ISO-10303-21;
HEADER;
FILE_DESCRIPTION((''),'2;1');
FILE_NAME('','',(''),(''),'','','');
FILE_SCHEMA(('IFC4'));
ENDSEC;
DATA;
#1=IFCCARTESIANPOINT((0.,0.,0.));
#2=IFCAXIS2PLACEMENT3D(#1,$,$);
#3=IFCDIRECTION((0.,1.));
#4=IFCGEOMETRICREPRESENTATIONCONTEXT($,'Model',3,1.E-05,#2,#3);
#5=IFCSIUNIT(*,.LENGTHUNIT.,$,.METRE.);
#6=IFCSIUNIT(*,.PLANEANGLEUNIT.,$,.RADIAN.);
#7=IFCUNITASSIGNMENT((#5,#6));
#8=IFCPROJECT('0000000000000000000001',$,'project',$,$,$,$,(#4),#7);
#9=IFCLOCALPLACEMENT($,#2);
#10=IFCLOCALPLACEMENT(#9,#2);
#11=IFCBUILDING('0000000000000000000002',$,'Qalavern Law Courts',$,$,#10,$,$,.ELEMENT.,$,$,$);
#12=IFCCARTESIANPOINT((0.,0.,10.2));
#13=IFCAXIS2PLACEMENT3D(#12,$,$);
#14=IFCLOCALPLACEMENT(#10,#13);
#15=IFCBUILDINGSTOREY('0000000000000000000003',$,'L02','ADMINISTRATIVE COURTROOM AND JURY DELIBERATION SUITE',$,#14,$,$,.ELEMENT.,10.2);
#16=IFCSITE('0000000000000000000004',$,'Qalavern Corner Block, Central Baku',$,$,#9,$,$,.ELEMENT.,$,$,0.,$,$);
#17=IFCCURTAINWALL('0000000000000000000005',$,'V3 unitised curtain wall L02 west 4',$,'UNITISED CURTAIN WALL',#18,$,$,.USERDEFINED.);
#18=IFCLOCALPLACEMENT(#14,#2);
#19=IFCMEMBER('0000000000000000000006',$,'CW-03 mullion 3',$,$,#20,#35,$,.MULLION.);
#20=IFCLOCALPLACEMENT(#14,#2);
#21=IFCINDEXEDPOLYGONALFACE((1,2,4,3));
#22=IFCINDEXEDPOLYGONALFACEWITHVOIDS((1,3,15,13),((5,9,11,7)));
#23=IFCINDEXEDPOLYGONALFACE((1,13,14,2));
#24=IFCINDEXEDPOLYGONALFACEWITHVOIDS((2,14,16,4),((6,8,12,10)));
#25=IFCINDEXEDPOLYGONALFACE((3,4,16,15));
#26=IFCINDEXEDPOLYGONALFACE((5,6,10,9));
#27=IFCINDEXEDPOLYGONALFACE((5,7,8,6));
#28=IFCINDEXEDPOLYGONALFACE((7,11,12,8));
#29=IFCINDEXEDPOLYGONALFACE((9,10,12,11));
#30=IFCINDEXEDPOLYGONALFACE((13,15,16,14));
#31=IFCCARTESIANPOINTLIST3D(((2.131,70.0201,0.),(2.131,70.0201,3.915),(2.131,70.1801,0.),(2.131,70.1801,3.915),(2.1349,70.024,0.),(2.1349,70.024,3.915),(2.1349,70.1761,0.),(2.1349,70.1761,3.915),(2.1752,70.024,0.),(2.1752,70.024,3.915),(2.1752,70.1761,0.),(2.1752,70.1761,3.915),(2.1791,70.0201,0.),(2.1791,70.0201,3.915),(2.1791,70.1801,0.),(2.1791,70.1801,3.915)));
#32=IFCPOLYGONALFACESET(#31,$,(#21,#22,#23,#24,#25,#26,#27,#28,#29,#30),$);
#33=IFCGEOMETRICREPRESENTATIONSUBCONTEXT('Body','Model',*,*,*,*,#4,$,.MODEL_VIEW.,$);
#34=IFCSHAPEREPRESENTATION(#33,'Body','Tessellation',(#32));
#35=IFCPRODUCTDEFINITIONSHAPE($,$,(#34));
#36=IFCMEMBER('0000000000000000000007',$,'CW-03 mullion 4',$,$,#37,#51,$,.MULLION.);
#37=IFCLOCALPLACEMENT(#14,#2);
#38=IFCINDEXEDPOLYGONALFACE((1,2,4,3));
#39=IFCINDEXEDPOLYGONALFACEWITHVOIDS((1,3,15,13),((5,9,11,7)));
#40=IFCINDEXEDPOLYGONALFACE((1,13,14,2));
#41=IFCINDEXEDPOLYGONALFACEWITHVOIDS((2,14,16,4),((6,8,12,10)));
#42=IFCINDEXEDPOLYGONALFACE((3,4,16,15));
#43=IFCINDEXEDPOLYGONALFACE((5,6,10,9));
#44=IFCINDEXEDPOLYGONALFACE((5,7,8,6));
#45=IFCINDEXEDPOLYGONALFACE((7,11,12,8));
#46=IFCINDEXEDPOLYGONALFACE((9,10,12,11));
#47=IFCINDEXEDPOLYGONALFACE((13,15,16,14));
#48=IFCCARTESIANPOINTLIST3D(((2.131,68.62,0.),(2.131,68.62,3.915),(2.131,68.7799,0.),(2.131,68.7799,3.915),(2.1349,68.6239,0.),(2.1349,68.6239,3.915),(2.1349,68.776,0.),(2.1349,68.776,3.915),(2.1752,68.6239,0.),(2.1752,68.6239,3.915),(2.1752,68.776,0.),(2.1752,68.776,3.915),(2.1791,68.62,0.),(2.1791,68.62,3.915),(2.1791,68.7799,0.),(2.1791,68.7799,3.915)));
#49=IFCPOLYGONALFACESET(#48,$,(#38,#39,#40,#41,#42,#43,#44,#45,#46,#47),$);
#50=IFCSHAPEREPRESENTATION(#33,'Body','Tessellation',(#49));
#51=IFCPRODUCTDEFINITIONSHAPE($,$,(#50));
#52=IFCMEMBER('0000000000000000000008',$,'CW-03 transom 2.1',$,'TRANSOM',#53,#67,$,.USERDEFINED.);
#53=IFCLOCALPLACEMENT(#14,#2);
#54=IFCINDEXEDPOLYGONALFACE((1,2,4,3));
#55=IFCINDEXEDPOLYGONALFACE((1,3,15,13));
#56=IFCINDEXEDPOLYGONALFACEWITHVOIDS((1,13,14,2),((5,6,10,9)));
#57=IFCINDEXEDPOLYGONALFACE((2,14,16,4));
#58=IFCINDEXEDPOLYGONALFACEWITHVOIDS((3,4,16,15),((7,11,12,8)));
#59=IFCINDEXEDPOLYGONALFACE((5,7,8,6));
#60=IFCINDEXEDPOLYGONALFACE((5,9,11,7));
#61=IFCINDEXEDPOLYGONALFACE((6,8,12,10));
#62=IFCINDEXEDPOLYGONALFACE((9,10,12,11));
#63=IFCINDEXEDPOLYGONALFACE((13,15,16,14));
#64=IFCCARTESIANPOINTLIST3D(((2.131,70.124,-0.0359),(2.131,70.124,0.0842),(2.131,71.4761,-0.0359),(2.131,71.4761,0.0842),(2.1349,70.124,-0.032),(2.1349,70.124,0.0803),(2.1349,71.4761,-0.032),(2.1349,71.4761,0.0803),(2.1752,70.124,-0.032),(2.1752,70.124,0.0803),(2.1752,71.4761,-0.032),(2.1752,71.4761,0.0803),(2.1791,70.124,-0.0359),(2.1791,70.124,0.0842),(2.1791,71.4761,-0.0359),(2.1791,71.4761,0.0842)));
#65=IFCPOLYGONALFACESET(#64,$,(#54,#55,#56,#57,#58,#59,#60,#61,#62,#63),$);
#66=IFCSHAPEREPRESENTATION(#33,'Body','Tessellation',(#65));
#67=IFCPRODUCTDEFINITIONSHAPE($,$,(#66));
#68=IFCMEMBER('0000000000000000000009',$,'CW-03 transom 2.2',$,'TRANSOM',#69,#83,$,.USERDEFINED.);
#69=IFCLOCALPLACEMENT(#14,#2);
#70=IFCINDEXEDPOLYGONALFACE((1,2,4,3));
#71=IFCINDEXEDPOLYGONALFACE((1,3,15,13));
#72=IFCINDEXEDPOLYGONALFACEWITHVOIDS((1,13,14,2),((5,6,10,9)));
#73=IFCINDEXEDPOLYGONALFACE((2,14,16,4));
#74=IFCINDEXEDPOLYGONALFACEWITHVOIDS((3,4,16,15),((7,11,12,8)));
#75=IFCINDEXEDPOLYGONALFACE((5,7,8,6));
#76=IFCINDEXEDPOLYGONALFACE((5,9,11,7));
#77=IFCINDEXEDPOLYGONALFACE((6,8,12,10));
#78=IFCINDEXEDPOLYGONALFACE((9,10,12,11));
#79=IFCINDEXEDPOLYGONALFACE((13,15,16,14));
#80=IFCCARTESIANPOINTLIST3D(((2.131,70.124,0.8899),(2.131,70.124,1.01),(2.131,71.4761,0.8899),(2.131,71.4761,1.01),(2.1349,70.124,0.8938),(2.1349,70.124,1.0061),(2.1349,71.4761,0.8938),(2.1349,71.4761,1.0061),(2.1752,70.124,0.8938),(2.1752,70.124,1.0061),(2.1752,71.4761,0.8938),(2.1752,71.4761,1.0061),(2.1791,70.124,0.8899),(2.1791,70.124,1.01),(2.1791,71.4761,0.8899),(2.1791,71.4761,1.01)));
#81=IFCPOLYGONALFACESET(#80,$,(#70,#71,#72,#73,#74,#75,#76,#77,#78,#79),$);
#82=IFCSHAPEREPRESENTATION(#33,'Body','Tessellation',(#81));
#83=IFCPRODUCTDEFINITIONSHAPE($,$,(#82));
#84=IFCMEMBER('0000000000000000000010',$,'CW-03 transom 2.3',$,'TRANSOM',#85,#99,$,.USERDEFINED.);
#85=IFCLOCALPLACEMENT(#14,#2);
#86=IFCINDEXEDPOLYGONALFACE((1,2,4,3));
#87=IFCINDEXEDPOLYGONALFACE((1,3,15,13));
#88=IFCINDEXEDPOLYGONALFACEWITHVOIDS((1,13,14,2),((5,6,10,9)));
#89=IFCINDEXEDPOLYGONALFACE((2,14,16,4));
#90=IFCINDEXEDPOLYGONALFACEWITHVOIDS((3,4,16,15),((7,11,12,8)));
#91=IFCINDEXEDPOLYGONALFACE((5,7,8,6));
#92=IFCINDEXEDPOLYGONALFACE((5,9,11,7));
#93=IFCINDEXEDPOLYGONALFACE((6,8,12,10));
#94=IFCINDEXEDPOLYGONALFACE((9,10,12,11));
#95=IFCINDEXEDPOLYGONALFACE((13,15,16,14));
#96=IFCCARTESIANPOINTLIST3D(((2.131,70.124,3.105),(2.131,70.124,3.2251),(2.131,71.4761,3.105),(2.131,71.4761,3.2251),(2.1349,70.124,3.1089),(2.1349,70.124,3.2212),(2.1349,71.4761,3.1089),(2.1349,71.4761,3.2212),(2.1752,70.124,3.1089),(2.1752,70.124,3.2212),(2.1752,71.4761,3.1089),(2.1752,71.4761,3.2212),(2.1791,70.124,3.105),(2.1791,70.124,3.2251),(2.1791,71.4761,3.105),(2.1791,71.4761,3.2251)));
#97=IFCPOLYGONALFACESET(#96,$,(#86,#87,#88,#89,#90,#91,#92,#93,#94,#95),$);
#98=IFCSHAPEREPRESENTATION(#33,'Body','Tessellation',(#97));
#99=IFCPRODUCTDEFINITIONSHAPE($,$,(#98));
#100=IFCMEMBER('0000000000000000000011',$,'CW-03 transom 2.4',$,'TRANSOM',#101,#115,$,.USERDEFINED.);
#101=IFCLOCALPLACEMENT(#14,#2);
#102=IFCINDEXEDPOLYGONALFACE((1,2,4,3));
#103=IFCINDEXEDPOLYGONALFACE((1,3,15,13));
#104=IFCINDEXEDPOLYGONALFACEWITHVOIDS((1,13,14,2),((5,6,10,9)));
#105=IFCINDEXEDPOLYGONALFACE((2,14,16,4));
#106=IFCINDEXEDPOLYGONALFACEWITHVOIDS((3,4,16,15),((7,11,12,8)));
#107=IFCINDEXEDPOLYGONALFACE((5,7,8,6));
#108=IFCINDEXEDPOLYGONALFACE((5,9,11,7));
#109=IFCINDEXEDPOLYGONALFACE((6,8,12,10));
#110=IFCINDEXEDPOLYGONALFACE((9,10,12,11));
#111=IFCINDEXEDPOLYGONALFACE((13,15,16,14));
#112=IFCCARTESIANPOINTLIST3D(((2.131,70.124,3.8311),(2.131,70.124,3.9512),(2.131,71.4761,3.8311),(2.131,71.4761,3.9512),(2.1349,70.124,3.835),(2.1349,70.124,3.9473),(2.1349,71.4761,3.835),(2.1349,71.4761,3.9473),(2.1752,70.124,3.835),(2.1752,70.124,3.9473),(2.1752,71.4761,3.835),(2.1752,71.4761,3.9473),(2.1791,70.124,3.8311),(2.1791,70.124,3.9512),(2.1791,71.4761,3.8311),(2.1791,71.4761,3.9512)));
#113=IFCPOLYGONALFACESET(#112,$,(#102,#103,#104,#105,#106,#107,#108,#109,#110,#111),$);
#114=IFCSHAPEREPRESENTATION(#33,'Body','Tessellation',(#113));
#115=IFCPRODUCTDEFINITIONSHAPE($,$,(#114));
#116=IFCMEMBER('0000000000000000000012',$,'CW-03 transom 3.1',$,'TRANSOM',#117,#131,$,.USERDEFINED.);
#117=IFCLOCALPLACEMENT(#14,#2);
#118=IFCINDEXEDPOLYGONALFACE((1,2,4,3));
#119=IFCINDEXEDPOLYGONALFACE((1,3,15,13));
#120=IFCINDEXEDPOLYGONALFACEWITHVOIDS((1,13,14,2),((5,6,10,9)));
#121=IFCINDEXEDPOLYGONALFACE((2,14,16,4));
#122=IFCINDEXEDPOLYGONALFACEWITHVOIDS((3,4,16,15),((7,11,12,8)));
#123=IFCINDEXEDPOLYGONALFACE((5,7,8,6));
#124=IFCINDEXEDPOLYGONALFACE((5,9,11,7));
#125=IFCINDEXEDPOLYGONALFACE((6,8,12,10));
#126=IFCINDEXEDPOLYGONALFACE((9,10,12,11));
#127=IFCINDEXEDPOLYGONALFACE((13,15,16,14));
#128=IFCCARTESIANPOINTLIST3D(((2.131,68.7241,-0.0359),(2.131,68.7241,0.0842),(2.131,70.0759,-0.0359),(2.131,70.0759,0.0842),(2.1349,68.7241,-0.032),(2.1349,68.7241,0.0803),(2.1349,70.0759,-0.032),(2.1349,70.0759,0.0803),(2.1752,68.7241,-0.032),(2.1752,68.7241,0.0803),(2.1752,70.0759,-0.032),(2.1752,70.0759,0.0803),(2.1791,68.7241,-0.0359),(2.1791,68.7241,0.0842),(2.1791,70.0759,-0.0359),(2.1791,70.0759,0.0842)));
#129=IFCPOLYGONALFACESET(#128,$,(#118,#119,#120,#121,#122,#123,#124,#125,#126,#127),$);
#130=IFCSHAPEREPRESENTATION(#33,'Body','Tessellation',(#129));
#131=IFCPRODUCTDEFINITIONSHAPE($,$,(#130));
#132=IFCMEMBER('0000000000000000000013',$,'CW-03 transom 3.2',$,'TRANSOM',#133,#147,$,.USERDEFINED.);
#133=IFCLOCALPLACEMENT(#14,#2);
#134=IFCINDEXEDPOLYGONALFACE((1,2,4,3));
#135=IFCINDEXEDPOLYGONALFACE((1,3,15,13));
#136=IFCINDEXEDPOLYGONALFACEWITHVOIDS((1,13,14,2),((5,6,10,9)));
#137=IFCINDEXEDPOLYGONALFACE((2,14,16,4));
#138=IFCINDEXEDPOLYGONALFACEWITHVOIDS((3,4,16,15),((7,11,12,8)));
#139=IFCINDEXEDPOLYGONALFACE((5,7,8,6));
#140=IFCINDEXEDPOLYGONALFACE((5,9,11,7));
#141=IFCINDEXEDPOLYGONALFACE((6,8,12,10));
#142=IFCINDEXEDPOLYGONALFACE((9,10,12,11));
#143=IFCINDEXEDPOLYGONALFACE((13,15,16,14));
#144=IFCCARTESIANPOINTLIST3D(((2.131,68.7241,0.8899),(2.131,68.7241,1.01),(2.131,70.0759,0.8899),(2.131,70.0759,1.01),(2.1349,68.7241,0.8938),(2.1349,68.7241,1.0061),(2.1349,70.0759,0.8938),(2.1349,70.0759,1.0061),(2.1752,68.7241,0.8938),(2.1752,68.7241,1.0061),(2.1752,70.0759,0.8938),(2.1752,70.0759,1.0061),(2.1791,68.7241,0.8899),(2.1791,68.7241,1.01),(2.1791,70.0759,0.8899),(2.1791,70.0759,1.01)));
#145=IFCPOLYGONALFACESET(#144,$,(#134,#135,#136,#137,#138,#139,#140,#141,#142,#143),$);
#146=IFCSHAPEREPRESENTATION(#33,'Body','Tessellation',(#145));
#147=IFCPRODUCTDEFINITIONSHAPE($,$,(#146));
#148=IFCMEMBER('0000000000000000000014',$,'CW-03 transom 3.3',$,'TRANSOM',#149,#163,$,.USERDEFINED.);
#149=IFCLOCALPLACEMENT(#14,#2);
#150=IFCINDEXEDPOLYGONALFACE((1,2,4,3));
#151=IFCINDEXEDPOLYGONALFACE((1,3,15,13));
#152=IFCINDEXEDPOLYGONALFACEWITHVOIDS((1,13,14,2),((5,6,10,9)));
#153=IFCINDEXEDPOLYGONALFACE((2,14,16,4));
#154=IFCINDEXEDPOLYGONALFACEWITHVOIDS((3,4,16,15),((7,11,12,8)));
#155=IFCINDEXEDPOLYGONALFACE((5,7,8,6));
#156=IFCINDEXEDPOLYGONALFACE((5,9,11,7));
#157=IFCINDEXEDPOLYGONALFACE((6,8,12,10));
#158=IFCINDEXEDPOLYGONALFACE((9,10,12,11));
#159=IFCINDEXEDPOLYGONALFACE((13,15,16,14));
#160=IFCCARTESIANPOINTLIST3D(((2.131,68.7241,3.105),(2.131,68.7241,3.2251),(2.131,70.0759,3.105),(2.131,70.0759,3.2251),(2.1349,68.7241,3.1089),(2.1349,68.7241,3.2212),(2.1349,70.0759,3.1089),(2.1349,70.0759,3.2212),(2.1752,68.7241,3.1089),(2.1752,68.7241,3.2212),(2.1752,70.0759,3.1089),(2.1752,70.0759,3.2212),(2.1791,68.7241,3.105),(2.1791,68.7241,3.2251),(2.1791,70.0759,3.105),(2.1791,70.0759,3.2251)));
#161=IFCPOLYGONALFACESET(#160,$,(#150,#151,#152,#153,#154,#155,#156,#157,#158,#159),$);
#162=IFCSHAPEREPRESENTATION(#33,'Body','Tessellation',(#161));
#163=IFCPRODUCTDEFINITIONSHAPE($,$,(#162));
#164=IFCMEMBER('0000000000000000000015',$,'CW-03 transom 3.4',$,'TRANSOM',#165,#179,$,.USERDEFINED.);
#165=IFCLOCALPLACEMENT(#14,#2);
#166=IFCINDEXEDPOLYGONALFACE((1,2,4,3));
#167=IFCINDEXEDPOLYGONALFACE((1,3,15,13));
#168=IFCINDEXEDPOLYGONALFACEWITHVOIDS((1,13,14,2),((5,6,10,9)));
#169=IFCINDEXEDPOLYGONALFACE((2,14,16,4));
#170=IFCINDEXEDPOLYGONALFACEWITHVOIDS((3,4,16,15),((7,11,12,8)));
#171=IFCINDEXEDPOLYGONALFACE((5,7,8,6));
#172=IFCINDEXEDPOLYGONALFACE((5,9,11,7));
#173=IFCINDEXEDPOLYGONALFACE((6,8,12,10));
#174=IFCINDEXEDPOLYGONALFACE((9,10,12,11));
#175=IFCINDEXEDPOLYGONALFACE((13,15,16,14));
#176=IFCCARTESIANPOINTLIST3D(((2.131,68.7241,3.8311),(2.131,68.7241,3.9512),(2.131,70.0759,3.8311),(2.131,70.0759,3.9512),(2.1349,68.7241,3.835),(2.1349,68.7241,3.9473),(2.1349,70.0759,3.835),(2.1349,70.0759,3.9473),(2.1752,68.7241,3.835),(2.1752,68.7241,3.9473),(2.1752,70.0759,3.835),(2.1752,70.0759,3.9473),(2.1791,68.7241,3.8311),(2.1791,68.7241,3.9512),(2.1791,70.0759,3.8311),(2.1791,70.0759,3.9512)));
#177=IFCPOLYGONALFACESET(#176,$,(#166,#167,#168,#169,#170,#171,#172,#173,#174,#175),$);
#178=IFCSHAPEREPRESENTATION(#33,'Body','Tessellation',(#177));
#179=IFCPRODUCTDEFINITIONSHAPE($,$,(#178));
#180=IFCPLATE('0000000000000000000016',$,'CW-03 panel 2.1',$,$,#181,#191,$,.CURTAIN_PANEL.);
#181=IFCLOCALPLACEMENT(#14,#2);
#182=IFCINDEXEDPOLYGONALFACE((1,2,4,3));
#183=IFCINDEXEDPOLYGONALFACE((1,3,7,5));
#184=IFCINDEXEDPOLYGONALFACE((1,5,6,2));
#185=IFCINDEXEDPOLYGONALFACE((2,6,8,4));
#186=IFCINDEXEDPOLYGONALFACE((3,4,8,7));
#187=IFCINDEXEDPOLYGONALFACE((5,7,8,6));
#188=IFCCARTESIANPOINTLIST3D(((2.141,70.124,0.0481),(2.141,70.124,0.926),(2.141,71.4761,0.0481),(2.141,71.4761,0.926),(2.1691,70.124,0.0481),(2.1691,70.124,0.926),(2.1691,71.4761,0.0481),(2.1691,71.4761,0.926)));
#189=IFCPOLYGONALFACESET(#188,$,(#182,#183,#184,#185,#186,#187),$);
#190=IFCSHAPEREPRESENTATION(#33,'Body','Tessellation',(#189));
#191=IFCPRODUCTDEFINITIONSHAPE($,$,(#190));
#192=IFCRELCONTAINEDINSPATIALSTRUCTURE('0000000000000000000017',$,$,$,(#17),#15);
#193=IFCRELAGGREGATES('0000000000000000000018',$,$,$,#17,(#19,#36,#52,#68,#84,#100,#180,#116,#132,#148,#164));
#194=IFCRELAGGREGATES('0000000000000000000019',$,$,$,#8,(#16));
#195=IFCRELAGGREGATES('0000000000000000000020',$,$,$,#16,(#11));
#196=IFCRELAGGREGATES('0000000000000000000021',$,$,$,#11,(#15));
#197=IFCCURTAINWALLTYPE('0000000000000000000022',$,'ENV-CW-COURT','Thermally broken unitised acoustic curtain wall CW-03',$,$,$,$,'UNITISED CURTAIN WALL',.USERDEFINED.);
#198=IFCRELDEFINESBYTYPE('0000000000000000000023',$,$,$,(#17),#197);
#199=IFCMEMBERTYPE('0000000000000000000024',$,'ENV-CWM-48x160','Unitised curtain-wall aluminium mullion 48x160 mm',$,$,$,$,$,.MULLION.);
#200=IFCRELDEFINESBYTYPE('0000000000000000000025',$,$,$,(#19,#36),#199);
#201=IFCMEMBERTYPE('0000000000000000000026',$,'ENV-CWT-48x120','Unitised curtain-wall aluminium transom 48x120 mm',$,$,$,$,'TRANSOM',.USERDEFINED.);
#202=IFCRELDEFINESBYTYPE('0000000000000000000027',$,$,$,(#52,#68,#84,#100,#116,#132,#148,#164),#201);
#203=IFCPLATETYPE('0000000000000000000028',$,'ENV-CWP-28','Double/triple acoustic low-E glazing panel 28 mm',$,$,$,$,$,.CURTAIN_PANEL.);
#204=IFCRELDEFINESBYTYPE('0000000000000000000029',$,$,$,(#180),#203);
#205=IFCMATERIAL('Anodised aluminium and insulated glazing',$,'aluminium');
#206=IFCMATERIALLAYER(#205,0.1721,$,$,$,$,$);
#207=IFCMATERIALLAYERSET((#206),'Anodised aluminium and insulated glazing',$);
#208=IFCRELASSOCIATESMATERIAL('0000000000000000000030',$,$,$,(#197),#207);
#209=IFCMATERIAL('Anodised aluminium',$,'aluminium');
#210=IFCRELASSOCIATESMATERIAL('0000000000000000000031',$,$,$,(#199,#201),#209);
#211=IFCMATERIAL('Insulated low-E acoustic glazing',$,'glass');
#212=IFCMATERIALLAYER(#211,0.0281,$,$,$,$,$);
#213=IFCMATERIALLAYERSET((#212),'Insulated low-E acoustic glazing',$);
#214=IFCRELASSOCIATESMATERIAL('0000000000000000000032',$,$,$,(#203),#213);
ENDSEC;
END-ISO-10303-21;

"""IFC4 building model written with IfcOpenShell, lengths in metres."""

from ifc_helpers import new_model, si_unit, direction, frame, origin, origin_2d, place, context, subcontext, project, spatial, rectangle, hollow_rectangle, extrude, material, layer, layer_set, material_profile, profile_set, type_object, element, aggregate, save


model = new_model("IFC4")

# Units and contexts
model_context = context("Model", 3, precision=1e-05, world=origin(), true_north=direction((0.0, 1.0)))
body_context = subcontext(model_context, "Body", "Model", "MODEL_VIEW")
ifc_project = project(units=[si_unit("LENGTHUNIT", "METRE"), si_unit("PLANEANGLEUNIT", "RADIAN")], contexts=[model_context])

# Site, building, storey
site_placement = place(None, origin())
site = spatial("IfcSite", under=ifc_project, at=site_placement, Name="Qalavern Corner Block, Central Baku", CompositionType="ELEMENT", RefElevation=0.0)
building_placement = place(site_placement, origin())
building = spatial("IfcBuilding", under=site, at=building_placement, Name="Qalavern Law Courts", CompositionType="ELEMENT")
storey_placement = place(building_placement, frame((0.0, 0.0, 10.2)))
storey = spatial("IfcBuildingStorey", under=building, at=storey_placement, Name="L02", Description="ADMINISTRATIVE COURTROOM AND JURY DELIBERATION SUITE", CompositionType="ELEMENT", Elevation=10.2)

# Curtain wall, members, plate
ifc_material_1 = material(Name="Anodised aluminium and insulated glazing", Category="aluminium")
ifc_layer_1 = layer(ifc_material_1, 0.1721)
ifc_layer_set_1 = layer_set([ifc_layer_1], Name="Anodised aluminium and insulated glazing")
curtain_wall_type = type_object("IfcCurtainWallType", Name="ENV-CW-COURT", Description="Thermally broken unitised acoustic curtain wall CW-03", ElementType="UNITISED CURTAIN WALL", PredefinedType="USERDEFINED", material=ifc_layer_set_1)
curtain_wall_placement = place(storey_placement, origin())
curtain_wall = element("IfcCurtainWall", 1, at=curtain_wall_placement, inside=storey, type_object=curtain_wall_type, Name="V3 unitised curtain wall L02 west 4", ObjectType="UNITISED CURTAIN WALL", PredefinedType="USERDEFINED")
ifc_material_2 = material(Name="Anodised aluminium", Category="aluminium")
ifc_material_profile_1 = material_profile(ifc_material_2, hollow_rectangle(XDim=0.0481, YDim=0.1599, WallThickness=0.0039, at=origin_2d()), Name="ALU MULLION 48x160")
ifc_profile_set_1 = profile_set([ifc_material_profile_1], Name="Anodised aluminium")
member_type_1 = type_object("IfcMemberType", Name="ENV-CWM-48x160", Description="Unitised curtain-wall aluminium mullion 48x160 mm", PredefinedType="MULLION", material=ifc_profile_set_1)
member_1_placement = place(storey_placement, frame((2.155, 70.1001, 0.0), z_axis=(0.0, 0.0, 1.0), x_axis=(1.0, 0.0, 0.0)))
member_1 = element("IfcMember", 2, at=member_1_placement, type_object=member_type_1, Name="CW-03 mullion 3", PredefinedType="MULLION", context=body_context, shape_type="SweptSolid", body=[
    extrude(hollow_rectangle(XDim=0.0481, YDim=0.1599, WallThickness=0.0039, at=origin_2d()), origin(), (0.0, 0.0, 1.0), 3.915),
])
member_2_placement = place(storey_placement, frame((2.155, 68.7, 0.0), z_axis=(0.0, 0.0, 1.0), x_axis=(1.0, 0.0, 0.0)))
member_2 = element("IfcMember", 3, at=member_2_placement, type_object=member_type_1, Name="CW-03 mullion 4", PredefinedType="MULLION", context=body_context, shape_type="SweptSolid", body=[
    extrude(hollow_rectangle(XDim=0.0481, YDim=0.1599, WallThickness=0.0039, at=origin_2d()), origin(), (0.0, 0.0, 1.0), 3.915),
])
ifc_material_profile_2 = material_profile(ifc_material_2, hollow_rectangle(XDim=0.0481, YDim=0.1201, WallThickness=0.0039, at=origin_2d()), Name="ALU TRANSOM 48x120")
ifc_profile_set_2 = profile_set([ifc_material_profile_2], Name="Anodised aluminium")
member_type_2 = type_object("IfcMemberType", Name="ENV-CWT-48x120", Description="Unitised curtain-wall aluminium transom 48x120 mm", ElementType="TRANSOM", PredefinedType="USERDEFINED", material=ifc_profile_set_2)
member_3_placement = place(storey_placement, frame((2.155, 71.4761, 0.0242), z_axis=(0.0, -1.0, 0.0), x_axis=(1.0, 0.0, 0.0)))
member_3 = element("IfcMember", 4, at=member_3_placement, type_object=member_type_2, Name="CW-03 transom 2.1", ObjectType="TRANSOM", PredefinedType="USERDEFINED", context=body_context, shape_type="SweptSolid", body=[
    extrude(hollow_rectangle(XDim=0.0481, YDim=0.1201, WallThickness=0.0039, at=origin_2d()), origin(), (0.0, 0.0, 1.0), 1.3521),
])
member_4_placement = place(storey_placement, frame((2.155, 71.4761, 0.95), z_axis=(0.0, -1.0, 0.0), x_axis=(1.0, 0.0, 0.0)))
member_4 = element("IfcMember", 5, at=member_4_placement, type_object=member_type_2, Name="CW-03 transom 2.2", ObjectType="TRANSOM", PredefinedType="USERDEFINED", context=body_context, shape_type="SweptSolid", body=[
    extrude(hollow_rectangle(XDim=0.0481, YDim=0.1201, WallThickness=0.0039, at=origin_2d()), origin(), (0.0, 0.0, 1.0), 1.3521),
])
member_5_placement = place(storey_placement, frame((2.155, 71.4761, 3.165), z_axis=(0.0, -1.0, 0.0), x_axis=(1.0, 0.0, 0.0)))
member_5 = element("IfcMember", 6, at=member_5_placement, type_object=member_type_2, Name="CW-03 transom 2.3", ObjectType="TRANSOM", PredefinedType="USERDEFINED", context=body_context, shape_type="SweptSolid", body=[
    extrude(hollow_rectangle(XDim=0.0481, YDim=0.1201, WallThickness=0.0039, at=origin_2d()), origin(), (0.0, 0.0, 1.0), 1.3521),
])
member_6_placement = place(storey_placement, frame((2.155, 71.4761, 3.8911), z_axis=(0.0, -1.0, 0.0), x_axis=(1.0, 0.0, 0.0)))
member_6 = element("IfcMember", 7, at=member_6_placement, type_object=member_type_2, Name="CW-03 transom 2.4", ObjectType="TRANSOM", PredefinedType="USERDEFINED", context=body_context, shape_type="SweptSolid", body=[
    extrude(hollow_rectangle(XDim=0.0481, YDim=0.1201, WallThickness=0.0039, at=origin_2d()), origin(), (0.0, 0.0, 1.0), 1.3521),
])
member_7_placement = place(storey_placement, frame((2.155, 70.0759, 0.0242), z_axis=(0.0, -1.0, 0.0), x_axis=(1.0, 0.0, 0.0)))
member_7 = element("IfcMember", 8, at=member_7_placement, type_object=member_type_2, Name="CW-03 transom 3.1", ObjectType="TRANSOM", PredefinedType="USERDEFINED", context=body_context, shape_type="SweptSolid", body=[
    extrude(hollow_rectangle(XDim=0.0481, YDim=0.1201, WallThickness=0.0039, at=origin_2d()), origin(), (0.0, 0.0, 1.0), 1.3518),
])
member_8_placement = place(storey_placement, frame((2.155, 70.0759, 0.95), z_axis=(0.0, -1.0, 0.0), x_axis=(1.0, 0.0, 0.0)))
member_8 = element("IfcMember", 9, at=member_8_placement, type_object=member_type_2, Name="CW-03 transom 3.2", ObjectType="TRANSOM", PredefinedType="USERDEFINED", context=body_context, shape_type="SweptSolid", body=[
    extrude(hollow_rectangle(XDim=0.0481, YDim=0.1201, WallThickness=0.0039, at=origin_2d()), origin(), (0.0, 0.0, 1.0), 1.3518),
])
member_9_placement = place(storey_placement, frame((2.155, 70.0759, 3.165), z_axis=(0.0, -1.0, 0.0), x_axis=(1.0, 0.0, 0.0)))
member_9 = element("IfcMember", 10, at=member_9_placement, type_object=member_type_2, Name="CW-03 transom 3.3", ObjectType="TRANSOM", PredefinedType="USERDEFINED", context=body_context, shape_type="SweptSolid", body=[
    extrude(hollow_rectangle(XDim=0.0481, YDim=0.1201, WallThickness=0.0039, at=origin_2d()), origin(), (0.0, 0.0, 1.0), 1.3518),
])
member_10_placement = place(storey_placement, frame((2.155, 70.0759, 3.8911), z_axis=(0.0, -1.0, 0.0), x_axis=(1.0, 0.0, 0.0)))
member_10 = element("IfcMember", 11, at=member_10_placement, type_object=member_type_2, Name="CW-03 transom 3.4", ObjectType="TRANSOM", PredefinedType="USERDEFINED", context=body_context, shape_type="SweptSolid", body=[
    extrude(hollow_rectangle(XDim=0.0481, YDim=0.1201, WallThickness=0.0039, at=origin_2d()), origin(), (0.0, 0.0, 1.0), 1.3518),
])
ifc_material_3 = material(Name="Insulated low-E acoustic glazing", Category="glass")
ifc_layer_2 = layer(ifc_material_3, 0.0281)
ifc_layer_set_2 = layer_set([ifc_layer_2], Name="Insulated low-E acoustic glazing")
plate_type = type_object("IfcPlateType", Name="ENV-CWP-28", Description="Double/triple acoustic low-E glazing panel 28 mm", PredefinedType="CURTAIN_PANEL", material=ifc_layer_set_2)
plate_1_placement = place(storey_placement, frame((2.155, 70.8, 0.0481), z_axis=(0.0, 0.0, 1.0), x_axis=(0.0, -1.0, 0.0)))
plate_1 = element("IfcPlate", 12, at=plate_1_placement, type_object=plate_type, Name="CW-03 panel 2.1", PredefinedType="CURTAIN_PANEL", context=body_context, shape_type="SweptSolid", body=[
    extrude(rectangle(XDim=1.3521, YDim=0.0281, at=origin_2d()), origin(), (0.0, 0.0, 1.0), 0.8779),
])
aggregate(curtain_wall, [member_1, member_2, member_3, member_4, member_5, member_6, plate_1, member_7, member_8, member_9, member_10])

save(model, "model.ifc")
